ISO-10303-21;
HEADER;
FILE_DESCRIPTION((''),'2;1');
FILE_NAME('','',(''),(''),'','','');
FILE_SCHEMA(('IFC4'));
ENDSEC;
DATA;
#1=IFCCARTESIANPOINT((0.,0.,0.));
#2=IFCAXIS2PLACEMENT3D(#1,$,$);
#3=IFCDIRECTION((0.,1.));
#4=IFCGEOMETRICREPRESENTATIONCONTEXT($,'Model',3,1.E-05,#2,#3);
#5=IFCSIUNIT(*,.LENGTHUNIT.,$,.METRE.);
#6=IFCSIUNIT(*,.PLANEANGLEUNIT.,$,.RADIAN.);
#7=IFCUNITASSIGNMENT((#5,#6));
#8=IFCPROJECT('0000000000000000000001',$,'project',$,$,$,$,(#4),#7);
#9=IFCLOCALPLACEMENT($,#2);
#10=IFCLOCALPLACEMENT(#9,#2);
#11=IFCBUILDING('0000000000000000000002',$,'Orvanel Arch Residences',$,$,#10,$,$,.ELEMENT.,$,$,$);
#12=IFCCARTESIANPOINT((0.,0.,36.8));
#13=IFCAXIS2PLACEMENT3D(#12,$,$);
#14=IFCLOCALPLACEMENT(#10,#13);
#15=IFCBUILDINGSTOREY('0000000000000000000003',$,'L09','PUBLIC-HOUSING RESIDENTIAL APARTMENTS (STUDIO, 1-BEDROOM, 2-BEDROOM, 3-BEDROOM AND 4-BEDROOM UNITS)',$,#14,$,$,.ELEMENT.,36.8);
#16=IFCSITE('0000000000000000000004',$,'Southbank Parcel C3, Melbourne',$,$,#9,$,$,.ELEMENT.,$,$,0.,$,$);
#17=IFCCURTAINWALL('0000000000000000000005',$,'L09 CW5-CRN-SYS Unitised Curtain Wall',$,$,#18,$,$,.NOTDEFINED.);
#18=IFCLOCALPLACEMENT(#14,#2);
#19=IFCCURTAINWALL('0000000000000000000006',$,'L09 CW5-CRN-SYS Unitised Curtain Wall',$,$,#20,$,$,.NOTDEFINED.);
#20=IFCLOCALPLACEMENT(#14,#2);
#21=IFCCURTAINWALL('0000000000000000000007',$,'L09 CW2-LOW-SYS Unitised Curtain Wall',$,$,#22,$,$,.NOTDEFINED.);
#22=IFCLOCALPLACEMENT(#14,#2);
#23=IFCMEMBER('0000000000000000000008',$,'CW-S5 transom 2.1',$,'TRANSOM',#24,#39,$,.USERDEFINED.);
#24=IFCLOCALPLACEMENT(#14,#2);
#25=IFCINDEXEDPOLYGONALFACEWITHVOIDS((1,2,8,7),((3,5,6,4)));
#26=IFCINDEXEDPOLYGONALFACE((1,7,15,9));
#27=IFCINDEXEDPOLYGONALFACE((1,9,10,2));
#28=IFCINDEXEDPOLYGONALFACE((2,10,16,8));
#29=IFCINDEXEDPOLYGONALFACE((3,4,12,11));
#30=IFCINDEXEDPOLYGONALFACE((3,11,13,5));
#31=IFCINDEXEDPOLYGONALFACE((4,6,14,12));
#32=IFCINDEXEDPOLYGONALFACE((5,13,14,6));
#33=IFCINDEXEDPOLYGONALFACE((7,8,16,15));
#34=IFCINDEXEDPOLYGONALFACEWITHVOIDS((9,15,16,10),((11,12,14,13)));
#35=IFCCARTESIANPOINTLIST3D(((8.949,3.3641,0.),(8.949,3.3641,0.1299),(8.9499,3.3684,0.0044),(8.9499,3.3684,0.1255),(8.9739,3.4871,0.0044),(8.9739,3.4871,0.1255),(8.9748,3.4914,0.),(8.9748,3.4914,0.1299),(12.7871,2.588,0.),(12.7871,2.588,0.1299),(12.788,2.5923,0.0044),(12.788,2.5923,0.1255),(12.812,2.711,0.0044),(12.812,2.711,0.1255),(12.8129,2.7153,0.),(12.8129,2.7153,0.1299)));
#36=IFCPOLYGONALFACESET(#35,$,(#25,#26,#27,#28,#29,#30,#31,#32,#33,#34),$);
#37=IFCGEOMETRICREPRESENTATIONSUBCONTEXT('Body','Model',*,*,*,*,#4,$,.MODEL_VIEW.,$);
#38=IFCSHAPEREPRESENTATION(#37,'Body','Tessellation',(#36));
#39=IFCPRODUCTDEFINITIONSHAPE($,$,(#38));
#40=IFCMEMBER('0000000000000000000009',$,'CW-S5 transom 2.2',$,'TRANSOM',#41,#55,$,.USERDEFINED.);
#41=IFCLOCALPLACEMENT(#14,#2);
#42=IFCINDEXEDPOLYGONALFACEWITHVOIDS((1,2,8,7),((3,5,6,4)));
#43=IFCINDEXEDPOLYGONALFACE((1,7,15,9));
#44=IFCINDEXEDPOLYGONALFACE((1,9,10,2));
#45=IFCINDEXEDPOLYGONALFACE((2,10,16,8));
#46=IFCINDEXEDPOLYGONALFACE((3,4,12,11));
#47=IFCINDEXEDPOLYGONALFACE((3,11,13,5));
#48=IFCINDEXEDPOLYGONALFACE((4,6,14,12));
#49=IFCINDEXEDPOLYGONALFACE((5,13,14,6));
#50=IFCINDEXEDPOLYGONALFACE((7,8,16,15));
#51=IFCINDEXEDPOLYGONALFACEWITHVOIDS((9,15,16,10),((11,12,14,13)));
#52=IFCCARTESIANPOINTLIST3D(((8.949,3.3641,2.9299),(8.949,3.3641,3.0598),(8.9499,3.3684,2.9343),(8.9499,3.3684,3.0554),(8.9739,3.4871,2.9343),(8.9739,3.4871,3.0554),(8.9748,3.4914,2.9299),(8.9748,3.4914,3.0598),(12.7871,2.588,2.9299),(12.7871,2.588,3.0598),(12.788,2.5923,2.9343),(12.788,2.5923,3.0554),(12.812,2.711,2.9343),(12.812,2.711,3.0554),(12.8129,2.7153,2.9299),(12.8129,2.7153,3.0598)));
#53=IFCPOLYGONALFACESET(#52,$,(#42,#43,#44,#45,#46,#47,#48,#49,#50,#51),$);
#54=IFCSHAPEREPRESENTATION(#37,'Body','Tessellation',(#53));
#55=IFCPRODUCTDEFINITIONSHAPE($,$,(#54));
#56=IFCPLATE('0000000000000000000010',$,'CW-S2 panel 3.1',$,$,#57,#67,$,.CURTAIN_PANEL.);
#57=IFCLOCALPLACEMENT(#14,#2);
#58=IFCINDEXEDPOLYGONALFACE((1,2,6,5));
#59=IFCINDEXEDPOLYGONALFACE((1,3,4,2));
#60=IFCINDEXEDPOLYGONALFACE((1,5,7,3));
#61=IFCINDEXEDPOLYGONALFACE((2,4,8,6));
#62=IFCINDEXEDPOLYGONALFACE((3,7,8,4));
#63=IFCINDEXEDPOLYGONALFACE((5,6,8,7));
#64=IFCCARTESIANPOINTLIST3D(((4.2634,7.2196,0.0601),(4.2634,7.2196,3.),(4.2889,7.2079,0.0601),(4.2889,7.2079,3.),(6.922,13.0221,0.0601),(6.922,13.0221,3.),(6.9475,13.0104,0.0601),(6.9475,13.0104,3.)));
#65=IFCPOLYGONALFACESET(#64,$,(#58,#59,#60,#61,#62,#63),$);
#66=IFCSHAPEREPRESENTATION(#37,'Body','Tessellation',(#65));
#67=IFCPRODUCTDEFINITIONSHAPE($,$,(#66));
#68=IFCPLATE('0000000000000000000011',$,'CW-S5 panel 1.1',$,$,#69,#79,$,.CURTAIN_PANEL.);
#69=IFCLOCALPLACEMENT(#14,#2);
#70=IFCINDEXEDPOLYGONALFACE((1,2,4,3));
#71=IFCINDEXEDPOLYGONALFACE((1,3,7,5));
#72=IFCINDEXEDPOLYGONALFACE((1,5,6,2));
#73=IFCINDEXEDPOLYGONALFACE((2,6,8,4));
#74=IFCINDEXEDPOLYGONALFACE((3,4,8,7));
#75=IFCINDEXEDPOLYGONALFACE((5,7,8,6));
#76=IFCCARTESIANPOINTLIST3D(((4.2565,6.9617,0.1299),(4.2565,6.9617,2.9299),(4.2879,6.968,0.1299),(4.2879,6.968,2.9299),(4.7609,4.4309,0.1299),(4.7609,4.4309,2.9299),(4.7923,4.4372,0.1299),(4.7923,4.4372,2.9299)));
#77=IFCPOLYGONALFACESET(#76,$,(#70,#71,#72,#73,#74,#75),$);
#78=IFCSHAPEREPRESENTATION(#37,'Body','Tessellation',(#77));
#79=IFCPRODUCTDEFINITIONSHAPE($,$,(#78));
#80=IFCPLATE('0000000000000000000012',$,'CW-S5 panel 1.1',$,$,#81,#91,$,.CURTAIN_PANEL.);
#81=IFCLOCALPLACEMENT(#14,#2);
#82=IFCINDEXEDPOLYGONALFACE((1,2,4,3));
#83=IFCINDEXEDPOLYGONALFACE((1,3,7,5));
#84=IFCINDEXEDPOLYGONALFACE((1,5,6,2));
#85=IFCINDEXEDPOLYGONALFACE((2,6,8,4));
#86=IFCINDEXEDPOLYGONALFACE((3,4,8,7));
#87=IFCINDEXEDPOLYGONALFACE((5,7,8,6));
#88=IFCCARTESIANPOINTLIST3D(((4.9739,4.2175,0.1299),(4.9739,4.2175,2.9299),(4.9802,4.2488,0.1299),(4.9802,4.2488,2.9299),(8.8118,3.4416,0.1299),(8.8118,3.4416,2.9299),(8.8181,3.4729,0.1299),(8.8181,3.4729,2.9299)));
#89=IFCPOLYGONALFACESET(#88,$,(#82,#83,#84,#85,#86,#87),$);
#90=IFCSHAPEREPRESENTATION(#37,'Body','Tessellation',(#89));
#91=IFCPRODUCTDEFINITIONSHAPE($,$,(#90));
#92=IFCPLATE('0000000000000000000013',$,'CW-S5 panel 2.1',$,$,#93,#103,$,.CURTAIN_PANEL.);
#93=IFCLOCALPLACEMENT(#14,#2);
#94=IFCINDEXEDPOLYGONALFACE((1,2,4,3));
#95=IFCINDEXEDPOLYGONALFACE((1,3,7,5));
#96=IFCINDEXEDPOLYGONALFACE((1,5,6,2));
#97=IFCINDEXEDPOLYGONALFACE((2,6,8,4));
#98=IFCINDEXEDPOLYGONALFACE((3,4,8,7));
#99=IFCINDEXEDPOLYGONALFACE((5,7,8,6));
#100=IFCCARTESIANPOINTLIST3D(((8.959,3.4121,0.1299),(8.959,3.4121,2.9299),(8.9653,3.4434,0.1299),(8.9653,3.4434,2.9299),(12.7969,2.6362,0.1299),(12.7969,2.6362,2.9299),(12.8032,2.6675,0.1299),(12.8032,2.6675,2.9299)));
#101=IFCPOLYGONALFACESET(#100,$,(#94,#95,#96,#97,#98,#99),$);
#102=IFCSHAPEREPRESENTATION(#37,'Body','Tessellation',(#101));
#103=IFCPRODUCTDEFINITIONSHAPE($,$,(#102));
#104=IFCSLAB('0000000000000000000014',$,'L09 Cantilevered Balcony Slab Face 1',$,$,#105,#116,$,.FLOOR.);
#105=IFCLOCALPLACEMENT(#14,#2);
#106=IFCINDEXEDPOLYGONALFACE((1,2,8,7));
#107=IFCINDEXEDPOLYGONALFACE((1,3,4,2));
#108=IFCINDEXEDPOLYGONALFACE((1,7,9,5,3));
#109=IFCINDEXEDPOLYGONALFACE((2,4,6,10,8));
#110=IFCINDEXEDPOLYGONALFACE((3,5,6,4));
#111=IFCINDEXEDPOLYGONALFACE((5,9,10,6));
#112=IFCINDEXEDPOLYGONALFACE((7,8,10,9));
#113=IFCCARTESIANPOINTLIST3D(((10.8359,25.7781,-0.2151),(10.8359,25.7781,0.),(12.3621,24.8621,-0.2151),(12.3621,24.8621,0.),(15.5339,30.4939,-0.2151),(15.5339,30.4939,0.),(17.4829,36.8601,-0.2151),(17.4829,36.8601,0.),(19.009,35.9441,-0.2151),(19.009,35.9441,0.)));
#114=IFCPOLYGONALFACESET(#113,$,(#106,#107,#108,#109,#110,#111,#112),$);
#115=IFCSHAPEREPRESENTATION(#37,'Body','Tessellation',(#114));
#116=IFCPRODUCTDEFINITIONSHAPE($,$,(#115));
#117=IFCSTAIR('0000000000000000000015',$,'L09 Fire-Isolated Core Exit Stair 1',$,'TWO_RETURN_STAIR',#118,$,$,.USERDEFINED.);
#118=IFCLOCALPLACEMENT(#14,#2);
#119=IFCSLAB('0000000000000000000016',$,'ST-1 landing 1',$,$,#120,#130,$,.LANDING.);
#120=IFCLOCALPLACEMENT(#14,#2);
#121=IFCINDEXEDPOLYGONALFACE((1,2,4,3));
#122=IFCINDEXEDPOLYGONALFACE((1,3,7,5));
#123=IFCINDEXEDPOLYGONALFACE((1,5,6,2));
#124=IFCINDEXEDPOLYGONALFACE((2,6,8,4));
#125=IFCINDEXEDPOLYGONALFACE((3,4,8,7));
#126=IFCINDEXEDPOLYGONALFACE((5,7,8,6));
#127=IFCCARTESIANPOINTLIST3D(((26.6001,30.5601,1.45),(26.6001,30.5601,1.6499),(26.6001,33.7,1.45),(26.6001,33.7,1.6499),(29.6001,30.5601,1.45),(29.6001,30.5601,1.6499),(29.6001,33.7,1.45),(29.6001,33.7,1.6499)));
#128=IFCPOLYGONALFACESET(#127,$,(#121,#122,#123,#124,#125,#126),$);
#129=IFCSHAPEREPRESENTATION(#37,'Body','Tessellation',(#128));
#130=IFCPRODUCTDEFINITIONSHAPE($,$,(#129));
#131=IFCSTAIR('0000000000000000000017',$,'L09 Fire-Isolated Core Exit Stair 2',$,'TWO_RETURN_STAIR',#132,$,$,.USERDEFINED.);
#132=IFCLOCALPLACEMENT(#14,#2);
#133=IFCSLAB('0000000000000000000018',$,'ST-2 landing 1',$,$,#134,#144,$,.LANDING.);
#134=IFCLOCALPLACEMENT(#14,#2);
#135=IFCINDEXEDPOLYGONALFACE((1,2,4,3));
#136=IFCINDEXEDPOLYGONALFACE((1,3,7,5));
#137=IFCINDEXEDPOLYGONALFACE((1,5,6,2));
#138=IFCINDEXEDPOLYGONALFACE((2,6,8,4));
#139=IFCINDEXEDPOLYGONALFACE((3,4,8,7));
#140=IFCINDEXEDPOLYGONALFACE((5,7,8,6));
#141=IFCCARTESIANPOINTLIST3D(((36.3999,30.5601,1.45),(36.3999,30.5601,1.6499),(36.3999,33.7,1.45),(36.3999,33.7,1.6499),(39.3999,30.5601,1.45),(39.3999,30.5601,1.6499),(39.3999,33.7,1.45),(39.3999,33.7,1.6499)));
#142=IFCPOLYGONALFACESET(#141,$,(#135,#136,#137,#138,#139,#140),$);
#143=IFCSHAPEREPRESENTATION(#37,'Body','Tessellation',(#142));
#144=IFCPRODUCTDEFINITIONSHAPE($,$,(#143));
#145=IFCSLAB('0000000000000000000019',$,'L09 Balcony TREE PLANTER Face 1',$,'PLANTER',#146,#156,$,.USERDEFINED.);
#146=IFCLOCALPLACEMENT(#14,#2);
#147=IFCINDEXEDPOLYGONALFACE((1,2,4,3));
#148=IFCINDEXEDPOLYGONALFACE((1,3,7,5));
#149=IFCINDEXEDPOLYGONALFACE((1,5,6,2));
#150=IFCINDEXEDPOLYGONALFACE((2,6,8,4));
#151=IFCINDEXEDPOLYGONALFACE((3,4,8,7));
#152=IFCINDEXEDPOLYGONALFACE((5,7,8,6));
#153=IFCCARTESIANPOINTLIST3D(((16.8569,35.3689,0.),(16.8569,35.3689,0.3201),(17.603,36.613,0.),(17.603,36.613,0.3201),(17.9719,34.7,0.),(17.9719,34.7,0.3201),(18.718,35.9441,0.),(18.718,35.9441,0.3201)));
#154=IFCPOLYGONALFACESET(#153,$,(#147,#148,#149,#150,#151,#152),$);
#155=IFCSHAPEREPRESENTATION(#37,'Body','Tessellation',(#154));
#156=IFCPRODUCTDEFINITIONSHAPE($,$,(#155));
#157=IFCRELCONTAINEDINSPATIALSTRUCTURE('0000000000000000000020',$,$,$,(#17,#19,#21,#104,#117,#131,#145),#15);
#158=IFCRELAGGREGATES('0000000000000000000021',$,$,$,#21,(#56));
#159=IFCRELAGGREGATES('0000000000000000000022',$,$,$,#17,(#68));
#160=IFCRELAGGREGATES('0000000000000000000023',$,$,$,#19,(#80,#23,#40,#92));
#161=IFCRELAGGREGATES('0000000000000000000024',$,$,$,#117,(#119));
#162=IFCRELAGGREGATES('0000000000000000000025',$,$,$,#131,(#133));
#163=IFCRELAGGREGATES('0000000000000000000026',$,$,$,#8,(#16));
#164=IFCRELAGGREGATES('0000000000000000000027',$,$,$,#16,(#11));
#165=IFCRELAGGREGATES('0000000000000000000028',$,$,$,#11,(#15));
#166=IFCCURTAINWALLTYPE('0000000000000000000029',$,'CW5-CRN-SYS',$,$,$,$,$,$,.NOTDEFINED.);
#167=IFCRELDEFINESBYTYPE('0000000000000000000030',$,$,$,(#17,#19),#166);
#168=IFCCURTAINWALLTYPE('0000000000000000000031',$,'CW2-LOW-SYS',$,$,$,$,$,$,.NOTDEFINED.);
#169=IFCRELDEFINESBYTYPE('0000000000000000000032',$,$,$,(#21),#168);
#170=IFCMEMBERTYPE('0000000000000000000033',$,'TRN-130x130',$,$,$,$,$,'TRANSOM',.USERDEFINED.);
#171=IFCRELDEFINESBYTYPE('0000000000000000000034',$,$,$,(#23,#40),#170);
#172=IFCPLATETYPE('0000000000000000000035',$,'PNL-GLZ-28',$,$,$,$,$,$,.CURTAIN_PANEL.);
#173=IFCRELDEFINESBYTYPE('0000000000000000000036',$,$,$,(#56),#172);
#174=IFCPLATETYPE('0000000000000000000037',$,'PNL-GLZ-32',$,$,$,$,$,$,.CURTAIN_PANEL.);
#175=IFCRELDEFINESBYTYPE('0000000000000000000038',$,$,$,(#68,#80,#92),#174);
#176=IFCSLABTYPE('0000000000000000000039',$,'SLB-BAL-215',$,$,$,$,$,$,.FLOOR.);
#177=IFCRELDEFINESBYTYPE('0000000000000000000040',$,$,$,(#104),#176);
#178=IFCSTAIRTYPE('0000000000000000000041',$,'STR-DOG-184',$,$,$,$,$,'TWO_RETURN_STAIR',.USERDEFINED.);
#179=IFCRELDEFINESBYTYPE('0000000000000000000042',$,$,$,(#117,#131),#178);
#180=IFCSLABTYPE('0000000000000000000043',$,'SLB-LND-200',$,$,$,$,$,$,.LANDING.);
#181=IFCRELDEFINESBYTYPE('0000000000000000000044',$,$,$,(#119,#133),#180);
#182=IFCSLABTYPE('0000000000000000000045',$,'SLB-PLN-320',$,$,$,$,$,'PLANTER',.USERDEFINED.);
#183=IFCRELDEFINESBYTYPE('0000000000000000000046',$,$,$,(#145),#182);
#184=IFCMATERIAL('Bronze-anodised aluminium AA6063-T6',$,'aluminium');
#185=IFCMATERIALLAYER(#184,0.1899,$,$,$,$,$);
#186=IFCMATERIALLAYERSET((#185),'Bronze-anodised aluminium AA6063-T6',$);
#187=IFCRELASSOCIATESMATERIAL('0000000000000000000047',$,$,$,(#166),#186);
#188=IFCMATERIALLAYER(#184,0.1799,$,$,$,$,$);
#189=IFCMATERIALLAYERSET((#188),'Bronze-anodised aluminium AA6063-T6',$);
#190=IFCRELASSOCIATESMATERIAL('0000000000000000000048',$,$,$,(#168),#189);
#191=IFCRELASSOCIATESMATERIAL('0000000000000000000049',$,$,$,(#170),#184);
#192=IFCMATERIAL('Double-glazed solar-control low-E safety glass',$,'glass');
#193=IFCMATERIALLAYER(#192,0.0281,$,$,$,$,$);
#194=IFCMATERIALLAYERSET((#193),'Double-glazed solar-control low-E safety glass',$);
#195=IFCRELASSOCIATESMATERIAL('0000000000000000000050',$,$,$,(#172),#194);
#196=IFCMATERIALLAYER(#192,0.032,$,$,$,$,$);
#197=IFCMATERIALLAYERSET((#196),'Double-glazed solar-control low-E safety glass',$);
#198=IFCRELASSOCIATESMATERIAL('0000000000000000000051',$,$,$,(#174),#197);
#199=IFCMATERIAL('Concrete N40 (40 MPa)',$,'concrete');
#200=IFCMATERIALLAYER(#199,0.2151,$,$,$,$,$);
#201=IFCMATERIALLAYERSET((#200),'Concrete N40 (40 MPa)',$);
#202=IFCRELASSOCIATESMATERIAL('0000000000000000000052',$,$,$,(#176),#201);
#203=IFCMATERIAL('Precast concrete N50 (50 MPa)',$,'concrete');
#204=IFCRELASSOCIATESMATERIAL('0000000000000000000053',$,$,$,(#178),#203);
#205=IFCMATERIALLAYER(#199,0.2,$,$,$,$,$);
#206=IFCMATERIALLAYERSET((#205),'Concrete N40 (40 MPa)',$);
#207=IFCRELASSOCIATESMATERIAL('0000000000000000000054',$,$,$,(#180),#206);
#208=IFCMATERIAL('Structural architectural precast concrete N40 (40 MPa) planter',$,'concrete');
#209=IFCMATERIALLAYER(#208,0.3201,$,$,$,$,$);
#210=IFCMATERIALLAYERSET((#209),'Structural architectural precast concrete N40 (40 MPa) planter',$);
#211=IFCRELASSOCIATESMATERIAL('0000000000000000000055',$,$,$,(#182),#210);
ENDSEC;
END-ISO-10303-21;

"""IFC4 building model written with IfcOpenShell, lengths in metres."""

from ifc_helpers import new_model, si_unit, direction, frame, origin, origin_2d, place, context, subcontext, project, spatial, polyline, rectangle, hollow_rectangle, outline, extrude, material, layer, layer_set, material_profile, profile_set, type_object, element, aggregate, save


model = new_model("IFC4")

# Units and contexts
model_context = context("Model", 3, precision=1e-05, world=origin(), true_north=direction((0.0, 1.0)))
body_context = subcontext(model_context, "Body", "Model", "MODEL_VIEW")
ifc_project = project(units=[si_unit("LENGTHUNIT", "METRE"), si_unit("PLANEANGLEUNIT", "RADIAN")], contexts=[model_context])

# Site, building, storey
site_placement = place(None, origin())
site = spatial("IfcSite", under=ifc_project, at=site_placement, Name="Southbank Parcel C3, Melbourne", CompositionType="ELEMENT", RefElevation=0.0)
building_placement = place(site_placement, origin())
building = spatial("IfcBuilding", under=site, at=building_placement, Name="Orvanel Arch Residences", CompositionType="ELEMENT")
storey_placement = place(building_placement, frame((0.0, 0.0, 36.8)))
storey = spatial("IfcBuildingStorey", under=building, at=storey_placement, Name="L09", Description="PUBLIC-HOUSING RESIDENTIAL APARTMENTS (STUDIO, 1-BEDROOM, 2-BEDROOM, 3-BEDROOM AND 4-BEDROOM UNITS)", CompositionType="ELEMENT", Elevation=36.8)

# Curtain walls
ifc_material_1 = material(Name="Bronze-anodised aluminium AA6063-T6", Category="aluminium")
ifc_layer_1 = layer(ifc_material_1, 0.1899)
ifc_layer_set_1 = layer_set([ifc_layer_1], Name="Bronze-anodised aluminium AA6063-T6")
curtain_wall_type_1 = type_object("IfcCurtainWallType", Name="CW5-CRN-SYS", PredefinedType="NOTDEFINED", material=ifc_layer_set_1)
curtain_wall_1_placement = place(storey_placement, origin())
curtain_wall_1 = element("IfcCurtainWall", 1, at=curtain_wall_1_placement, inside=storey, type_object=curtain_wall_type_1, Name="L09 CW5-CRN-SYS Unitised Curtain Wall", PredefinedType="NOTDEFINED")
curtain_wall_2_placement = place(storey_placement, origin())
curtain_wall_2 = element("IfcCurtainWall", 2, at=curtain_wall_2_placement, inside=storey, type_object=curtain_wall_type_1, Name="L09 CW5-CRN-SYS Unitised Curtain Wall", PredefinedType="NOTDEFINED")

# Curtain wall
ifc_layer_2 = layer(ifc_material_1, 0.1799)
ifc_layer_set_2 = layer_set([ifc_layer_2], Name="Bronze-anodised aluminium AA6063-T6")
curtain_wall_type_2 = type_object("IfcCurtainWallType", Name="CW2-LOW-SYS", PredefinedType="NOTDEFINED", material=ifc_layer_set_2)
curtain_wall_3_placement = place(storey_placement, origin())
curtain_wall_3 = element("IfcCurtainWall", 3, at=curtain_wall_3_placement, inside=storey, type_object=curtain_wall_type_2, Name="L09 CW2-LOW-SYS Unitised Curtain Wall", PredefinedType="NOTDEFINED")

# Members
ifc_material_profile_1 = material_profile(ifc_material_1, hollow_rectangle(XDim=0.1299, YDim=0.1299, WallThickness=0.0044, at=origin_2d()), Name="ALU130x130x4.5")
ifc_profile_set_1 = profile_set([ifc_material_profile_1], Name="Bronze-anodised aluminium AA6063-T6")
member_type_1 = type_object("IfcMemberType", Name="TRN-130x130", ElementType="TRANSOM", PredefinedType="USERDEFINED", material=ifc_profile_set_1)
member_1_placement = place(storey_placement, frame((8.9619, 3.4277, 0.0649), z_axis=(0.980161, -0.198202, 0.0), x_axis=(0.198202, 0.980161, 0.0)))
member_1 = element("IfcMember", 4, at=member_1_placement, type_object=member_type_1, Name="CW-S5 transom 2.1", ObjectType="TRANSOM", PredefinedType="USERDEFINED", context=body_context, shape_type="SweptSolid", body=[
    extrude(hollow_rectangle(XDim=0.1299, YDim=0.1299, WallThickness=0.0044, at=origin_2d()), origin(), (0.0, 0.0, 1.0), 3.9158),
])
member_2_placement = place(storey_placement, frame((8.9619, 3.4277, 2.9949), z_axis=(0.980161, -0.198202, 0.0), x_axis=(0.198202, 0.980161, 0.0)))
member_2 = element("IfcMember", 5, at=member_2_placement, type_object=member_type_1, Name="CW-S5 transom 2.2", ObjectType="TRANSOM", PredefinedType="USERDEFINED", context=body_context, shape_type="SweptSolid", body=[
    extrude(hollow_rectangle(XDim=0.1299, YDim=0.1299, WallThickness=0.0044, at=origin_2d()), origin(), (0.0, 0.0, 1.0), 3.9158),
])

# Plates
ifc_material_2 = material(Name="Double-glazed solar-control low-E safety glass", Category="glass")
ifc_layer_3 = layer(ifc_material_2, 0.0281)
ifc_layer_set_3 = layer_set([ifc_layer_3], Name="Double-glazed solar-control low-E safety glass")
plate_type_1 = type_object("IfcPlateType", Name="PNL-GLZ-28", PredefinedType="CURTAIN_PANEL", material=ifc_layer_set_3)
plate_1_placement = place(storey_placement, frame((5.6055, 10.115, 0.0601), z_axis=(0.0, 0.0, 1.0), x_axis=(-0.416538, -0.909118, 0.0)))
plate_1 = element("IfcPlate", 6, at=plate_1_placement, type_object=plate_type_1, Name="CW-S2 panel 3.1", PredefinedType="CURTAIN_PANEL", context=body_context, shape_type="SweptSolid", body=[
    extrude(rectangle(XDim=6.3826, YDim=0.0281, at=origin_2d()), origin(), (0.0, 0.0, 1.0), 2.9399),
])
aggregate(curtain_wall_3, [plate_1])
ifc_layer_4 = layer(ifc_material_2, 0.032)
ifc_layer_set_4 = layer_set([ifc_layer_4], Name="Double-glazed solar-control low-E safety glass")
plate_type_2 = type_object("IfcPlateType", Name="PNL-GLZ-32", PredefinedType="CURTAIN_PANEL", material=ifc_layer_set_4)
plate_2_placement = place(storey_placement, frame((4.5244, 5.6995, 0.1299), z_axis=(0.0, 0.0, 1.0), x_axis=(0.195448, -0.980714, 0.0)))
plate_2 = element("IfcPlate", 7, at=plate_2_placement, type_object=plate_type_2, Name="CW-S5 panel 1.1", PredefinedType="CURTAIN_PANEL", context=body_context, shape_type="SweptSolid", body=[
    extrude(rectangle(XDim=2.5806, YDim=0.032, at=origin_2d()), origin(), (0.0, 0.0, 1.0), 2.8),
])
aggregate(curtain_wall_1, [plate_2])
plate_3_placement = place(storey_placement, frame((6.896, 3.8452, 0.1299), z_axis=(0.0, 0.0, 1.0), x_axis=(0.98017, -0.198159, 0.0)))
plate_3 = element("IfcPlate", 8, at=plate_3_placement, type_object=plate_type_2, Name="CW-S5 panel 1.1", PredefinedType="CURTAIN_PANEL", context=body_context, shape_type="SweptSolid", body=[
    extrude(rectangle(XDim=3.9155, YDim=0.032, at=origin_2d()), origin(), (0.0, 0.0, 1.0), 2.8),
])
plate_4_placement = place(storey_placement, frame((10.8811, 3.0398, 0.1299), z_axis=(0.0, 0.0, 1.0), x_axis=(0.98017, -0.198159, 0.0)))
plate_4 = element("IfcPlate", 9, at=plate_4_placement, type_object=plate_type_2, Name="CW-S5 panel 2.1", PredefinedType="CURTAIN_PANEL", context=body_context, shape_type="SweptSolid", body=[
    extrude(rectangle(XDim=3.9155, YDim=0.032, at=origin_2d()), origin(), (0.0, 0.0, 1.0), 2.8),
])
aggregate(curtain_wall_2, [plate_3, member_1, member_2, plate_4])

# Slab
ifc_material_3 = material(Name="Concrete N40 (40 MPa)", Category="concrete")
ifc_layer_5 = layer(ifc_material_3, 0.2151)
ifc_layer_set_5 = layer_set([ifc_layer_5], Name="Concrete N40 (40 MPa)")
slab_type_1 = type_object("IfcSlabType", Name="SLB-BAL-215", PredefinedType="FLOOR", material=ifc_layer_set_5)
slab_1_placement = place(storey_placement, frame((0.0, 0.0, -0.2151)))
element("IfcSlab", 10, at=slab_1_placement, inside=storey, type_object=slab_type_1, Name="L09 Cantilevered Balcony Slab Face 1", PredefinedType="FLOOR", context=body_context, shape_type="SweptSolid", body=[
    extrude(outline(polyline([(17.4829, 36.8601), (10.8359, 25.7781), (12.3621, 24.8621), (15.5339, 30.4939), (19.009, 35.9441), (17.4829, 36.8601)])), origin(), (0.0, 0.0, 1.0), 0.2151),
])

# Stairs, slabs
ifc_material_4 = material(Name="Precast concrete N50 (50 MPa)", Category="concrete")
stair_type = type_object("IfcStairType", Name="STR-DOG-184", ElementType="TWO_RETURN_STAIR", PredefinedType="USERDEFINED", material=ifc_material_4)
stair_1_placement = place(storey_placement, origin())
stair_1 = element("IfcStair", 11, at=stair_1_placement, inside=storey, type_object=stair_type, Name="L09 Fire-Isolated Core Exit Stair 1", ObjectType="TWO_RETURN_STAIR", PredefinedType="USERDEFINED")
ifc_layer_6 = layer(ifc_material_3, 0.2)
ifc_layer_set_6 = layer_set([ifc_layer_6], Name="Concrete N40 (40 MPa)")
slab_type_2 = type_object("IfcSlabType", Name="SLB-LND-200", PredefinedType="LANDING", material=ifc_layer_set_6)
slab_2_placement = place(storey_placement, frame((0.0, 0.0, 1.45)))
slab_2 = element("IfcSlab", 12, at=slab_2_placement, type_object=slab_type_2, Name="ST-1 landing 1", PredefinedType="LANDING", context=body_context, shape_type="SweptSolid", body=[
    extrude(outline(polyline([(29.6001, 30.5601), (29.6001, 33.7), (26.6001, 33.7), (26.6001, 30.5601), (29.6001, 30.5601)])), origin(), (0.0, 0.0, 1.0), 0.2),
])
aggregate(stair_1, [slab_2])
stair_2_placement = place(storey_placement, origin())
stair_2 = element("IfcStair", 13, at=stair_2_placement, inside=storey, type_object=stair_type, Name="L09 Fire-Isolated Core Exit Stair 2", ObjectType="TWO_RETURN_STAIR", PredefinedType="USERDEFINED")
slab_3_placement = place(storey_placement, frame((0.0, 0.0, 1.45)))
slab_3 = element("IfcSlab", 14, at=slab_3_placement, type_object=slab_type_2, Name="ST-2 landing 1", PredefinedType="LANDING", context=body_context, shape_type="SweptSolid", body=[
    extrude(outline(polyline([(39.3999, 30.5601), (39.3999, 33.7), (36.3999, 33.7), (36.3999, 30.5601), (39.3999, 30.5601)])), origin(), (0.0, 0.0, 1.0), 0.2),
])
aggregate(stair_2, [slab_3])

# Slab
ifc_material_5 = material(Name="Structural architectural precast concrete N40 (40 MPa) planter", Category="concrete")
ifc_layer_7 = layer(ifc_material_5, 0.3201)
ifc_layer_set_7 = layer_set([ifc_layer_7], Name="Structural architectural precast concrete N40 (40 MPa) planter")
slab_type_3 = type_object("IfcSlabType", Name="SLB-PLN-320", ElementType="PLANTER", PredefinedType="USERDEFINED", material=ifc_layer_set_7)
slab_4_placement = place(storey_placement, origin())
element("IfcSlab", 15, at=slab_4_placement, inside=storey, type_object=slab_type_3, Name="L09 Balcony TREE PLANTER Face 1", ObjectType="PLANTER", PredefinedType="USERDEFINED", context=body_context, shape_type="SweptSolid", body=[
    extrude(outline(polyline([(17.603, 36.613), (16.8569, 35.3689), (17.9719, 34.7), (18.718, 35.9441), (17.603, 36.613)])), origin(), (0.0, 0.0, 1.0), 0.3201),
])

save(model, "model.ifc")
